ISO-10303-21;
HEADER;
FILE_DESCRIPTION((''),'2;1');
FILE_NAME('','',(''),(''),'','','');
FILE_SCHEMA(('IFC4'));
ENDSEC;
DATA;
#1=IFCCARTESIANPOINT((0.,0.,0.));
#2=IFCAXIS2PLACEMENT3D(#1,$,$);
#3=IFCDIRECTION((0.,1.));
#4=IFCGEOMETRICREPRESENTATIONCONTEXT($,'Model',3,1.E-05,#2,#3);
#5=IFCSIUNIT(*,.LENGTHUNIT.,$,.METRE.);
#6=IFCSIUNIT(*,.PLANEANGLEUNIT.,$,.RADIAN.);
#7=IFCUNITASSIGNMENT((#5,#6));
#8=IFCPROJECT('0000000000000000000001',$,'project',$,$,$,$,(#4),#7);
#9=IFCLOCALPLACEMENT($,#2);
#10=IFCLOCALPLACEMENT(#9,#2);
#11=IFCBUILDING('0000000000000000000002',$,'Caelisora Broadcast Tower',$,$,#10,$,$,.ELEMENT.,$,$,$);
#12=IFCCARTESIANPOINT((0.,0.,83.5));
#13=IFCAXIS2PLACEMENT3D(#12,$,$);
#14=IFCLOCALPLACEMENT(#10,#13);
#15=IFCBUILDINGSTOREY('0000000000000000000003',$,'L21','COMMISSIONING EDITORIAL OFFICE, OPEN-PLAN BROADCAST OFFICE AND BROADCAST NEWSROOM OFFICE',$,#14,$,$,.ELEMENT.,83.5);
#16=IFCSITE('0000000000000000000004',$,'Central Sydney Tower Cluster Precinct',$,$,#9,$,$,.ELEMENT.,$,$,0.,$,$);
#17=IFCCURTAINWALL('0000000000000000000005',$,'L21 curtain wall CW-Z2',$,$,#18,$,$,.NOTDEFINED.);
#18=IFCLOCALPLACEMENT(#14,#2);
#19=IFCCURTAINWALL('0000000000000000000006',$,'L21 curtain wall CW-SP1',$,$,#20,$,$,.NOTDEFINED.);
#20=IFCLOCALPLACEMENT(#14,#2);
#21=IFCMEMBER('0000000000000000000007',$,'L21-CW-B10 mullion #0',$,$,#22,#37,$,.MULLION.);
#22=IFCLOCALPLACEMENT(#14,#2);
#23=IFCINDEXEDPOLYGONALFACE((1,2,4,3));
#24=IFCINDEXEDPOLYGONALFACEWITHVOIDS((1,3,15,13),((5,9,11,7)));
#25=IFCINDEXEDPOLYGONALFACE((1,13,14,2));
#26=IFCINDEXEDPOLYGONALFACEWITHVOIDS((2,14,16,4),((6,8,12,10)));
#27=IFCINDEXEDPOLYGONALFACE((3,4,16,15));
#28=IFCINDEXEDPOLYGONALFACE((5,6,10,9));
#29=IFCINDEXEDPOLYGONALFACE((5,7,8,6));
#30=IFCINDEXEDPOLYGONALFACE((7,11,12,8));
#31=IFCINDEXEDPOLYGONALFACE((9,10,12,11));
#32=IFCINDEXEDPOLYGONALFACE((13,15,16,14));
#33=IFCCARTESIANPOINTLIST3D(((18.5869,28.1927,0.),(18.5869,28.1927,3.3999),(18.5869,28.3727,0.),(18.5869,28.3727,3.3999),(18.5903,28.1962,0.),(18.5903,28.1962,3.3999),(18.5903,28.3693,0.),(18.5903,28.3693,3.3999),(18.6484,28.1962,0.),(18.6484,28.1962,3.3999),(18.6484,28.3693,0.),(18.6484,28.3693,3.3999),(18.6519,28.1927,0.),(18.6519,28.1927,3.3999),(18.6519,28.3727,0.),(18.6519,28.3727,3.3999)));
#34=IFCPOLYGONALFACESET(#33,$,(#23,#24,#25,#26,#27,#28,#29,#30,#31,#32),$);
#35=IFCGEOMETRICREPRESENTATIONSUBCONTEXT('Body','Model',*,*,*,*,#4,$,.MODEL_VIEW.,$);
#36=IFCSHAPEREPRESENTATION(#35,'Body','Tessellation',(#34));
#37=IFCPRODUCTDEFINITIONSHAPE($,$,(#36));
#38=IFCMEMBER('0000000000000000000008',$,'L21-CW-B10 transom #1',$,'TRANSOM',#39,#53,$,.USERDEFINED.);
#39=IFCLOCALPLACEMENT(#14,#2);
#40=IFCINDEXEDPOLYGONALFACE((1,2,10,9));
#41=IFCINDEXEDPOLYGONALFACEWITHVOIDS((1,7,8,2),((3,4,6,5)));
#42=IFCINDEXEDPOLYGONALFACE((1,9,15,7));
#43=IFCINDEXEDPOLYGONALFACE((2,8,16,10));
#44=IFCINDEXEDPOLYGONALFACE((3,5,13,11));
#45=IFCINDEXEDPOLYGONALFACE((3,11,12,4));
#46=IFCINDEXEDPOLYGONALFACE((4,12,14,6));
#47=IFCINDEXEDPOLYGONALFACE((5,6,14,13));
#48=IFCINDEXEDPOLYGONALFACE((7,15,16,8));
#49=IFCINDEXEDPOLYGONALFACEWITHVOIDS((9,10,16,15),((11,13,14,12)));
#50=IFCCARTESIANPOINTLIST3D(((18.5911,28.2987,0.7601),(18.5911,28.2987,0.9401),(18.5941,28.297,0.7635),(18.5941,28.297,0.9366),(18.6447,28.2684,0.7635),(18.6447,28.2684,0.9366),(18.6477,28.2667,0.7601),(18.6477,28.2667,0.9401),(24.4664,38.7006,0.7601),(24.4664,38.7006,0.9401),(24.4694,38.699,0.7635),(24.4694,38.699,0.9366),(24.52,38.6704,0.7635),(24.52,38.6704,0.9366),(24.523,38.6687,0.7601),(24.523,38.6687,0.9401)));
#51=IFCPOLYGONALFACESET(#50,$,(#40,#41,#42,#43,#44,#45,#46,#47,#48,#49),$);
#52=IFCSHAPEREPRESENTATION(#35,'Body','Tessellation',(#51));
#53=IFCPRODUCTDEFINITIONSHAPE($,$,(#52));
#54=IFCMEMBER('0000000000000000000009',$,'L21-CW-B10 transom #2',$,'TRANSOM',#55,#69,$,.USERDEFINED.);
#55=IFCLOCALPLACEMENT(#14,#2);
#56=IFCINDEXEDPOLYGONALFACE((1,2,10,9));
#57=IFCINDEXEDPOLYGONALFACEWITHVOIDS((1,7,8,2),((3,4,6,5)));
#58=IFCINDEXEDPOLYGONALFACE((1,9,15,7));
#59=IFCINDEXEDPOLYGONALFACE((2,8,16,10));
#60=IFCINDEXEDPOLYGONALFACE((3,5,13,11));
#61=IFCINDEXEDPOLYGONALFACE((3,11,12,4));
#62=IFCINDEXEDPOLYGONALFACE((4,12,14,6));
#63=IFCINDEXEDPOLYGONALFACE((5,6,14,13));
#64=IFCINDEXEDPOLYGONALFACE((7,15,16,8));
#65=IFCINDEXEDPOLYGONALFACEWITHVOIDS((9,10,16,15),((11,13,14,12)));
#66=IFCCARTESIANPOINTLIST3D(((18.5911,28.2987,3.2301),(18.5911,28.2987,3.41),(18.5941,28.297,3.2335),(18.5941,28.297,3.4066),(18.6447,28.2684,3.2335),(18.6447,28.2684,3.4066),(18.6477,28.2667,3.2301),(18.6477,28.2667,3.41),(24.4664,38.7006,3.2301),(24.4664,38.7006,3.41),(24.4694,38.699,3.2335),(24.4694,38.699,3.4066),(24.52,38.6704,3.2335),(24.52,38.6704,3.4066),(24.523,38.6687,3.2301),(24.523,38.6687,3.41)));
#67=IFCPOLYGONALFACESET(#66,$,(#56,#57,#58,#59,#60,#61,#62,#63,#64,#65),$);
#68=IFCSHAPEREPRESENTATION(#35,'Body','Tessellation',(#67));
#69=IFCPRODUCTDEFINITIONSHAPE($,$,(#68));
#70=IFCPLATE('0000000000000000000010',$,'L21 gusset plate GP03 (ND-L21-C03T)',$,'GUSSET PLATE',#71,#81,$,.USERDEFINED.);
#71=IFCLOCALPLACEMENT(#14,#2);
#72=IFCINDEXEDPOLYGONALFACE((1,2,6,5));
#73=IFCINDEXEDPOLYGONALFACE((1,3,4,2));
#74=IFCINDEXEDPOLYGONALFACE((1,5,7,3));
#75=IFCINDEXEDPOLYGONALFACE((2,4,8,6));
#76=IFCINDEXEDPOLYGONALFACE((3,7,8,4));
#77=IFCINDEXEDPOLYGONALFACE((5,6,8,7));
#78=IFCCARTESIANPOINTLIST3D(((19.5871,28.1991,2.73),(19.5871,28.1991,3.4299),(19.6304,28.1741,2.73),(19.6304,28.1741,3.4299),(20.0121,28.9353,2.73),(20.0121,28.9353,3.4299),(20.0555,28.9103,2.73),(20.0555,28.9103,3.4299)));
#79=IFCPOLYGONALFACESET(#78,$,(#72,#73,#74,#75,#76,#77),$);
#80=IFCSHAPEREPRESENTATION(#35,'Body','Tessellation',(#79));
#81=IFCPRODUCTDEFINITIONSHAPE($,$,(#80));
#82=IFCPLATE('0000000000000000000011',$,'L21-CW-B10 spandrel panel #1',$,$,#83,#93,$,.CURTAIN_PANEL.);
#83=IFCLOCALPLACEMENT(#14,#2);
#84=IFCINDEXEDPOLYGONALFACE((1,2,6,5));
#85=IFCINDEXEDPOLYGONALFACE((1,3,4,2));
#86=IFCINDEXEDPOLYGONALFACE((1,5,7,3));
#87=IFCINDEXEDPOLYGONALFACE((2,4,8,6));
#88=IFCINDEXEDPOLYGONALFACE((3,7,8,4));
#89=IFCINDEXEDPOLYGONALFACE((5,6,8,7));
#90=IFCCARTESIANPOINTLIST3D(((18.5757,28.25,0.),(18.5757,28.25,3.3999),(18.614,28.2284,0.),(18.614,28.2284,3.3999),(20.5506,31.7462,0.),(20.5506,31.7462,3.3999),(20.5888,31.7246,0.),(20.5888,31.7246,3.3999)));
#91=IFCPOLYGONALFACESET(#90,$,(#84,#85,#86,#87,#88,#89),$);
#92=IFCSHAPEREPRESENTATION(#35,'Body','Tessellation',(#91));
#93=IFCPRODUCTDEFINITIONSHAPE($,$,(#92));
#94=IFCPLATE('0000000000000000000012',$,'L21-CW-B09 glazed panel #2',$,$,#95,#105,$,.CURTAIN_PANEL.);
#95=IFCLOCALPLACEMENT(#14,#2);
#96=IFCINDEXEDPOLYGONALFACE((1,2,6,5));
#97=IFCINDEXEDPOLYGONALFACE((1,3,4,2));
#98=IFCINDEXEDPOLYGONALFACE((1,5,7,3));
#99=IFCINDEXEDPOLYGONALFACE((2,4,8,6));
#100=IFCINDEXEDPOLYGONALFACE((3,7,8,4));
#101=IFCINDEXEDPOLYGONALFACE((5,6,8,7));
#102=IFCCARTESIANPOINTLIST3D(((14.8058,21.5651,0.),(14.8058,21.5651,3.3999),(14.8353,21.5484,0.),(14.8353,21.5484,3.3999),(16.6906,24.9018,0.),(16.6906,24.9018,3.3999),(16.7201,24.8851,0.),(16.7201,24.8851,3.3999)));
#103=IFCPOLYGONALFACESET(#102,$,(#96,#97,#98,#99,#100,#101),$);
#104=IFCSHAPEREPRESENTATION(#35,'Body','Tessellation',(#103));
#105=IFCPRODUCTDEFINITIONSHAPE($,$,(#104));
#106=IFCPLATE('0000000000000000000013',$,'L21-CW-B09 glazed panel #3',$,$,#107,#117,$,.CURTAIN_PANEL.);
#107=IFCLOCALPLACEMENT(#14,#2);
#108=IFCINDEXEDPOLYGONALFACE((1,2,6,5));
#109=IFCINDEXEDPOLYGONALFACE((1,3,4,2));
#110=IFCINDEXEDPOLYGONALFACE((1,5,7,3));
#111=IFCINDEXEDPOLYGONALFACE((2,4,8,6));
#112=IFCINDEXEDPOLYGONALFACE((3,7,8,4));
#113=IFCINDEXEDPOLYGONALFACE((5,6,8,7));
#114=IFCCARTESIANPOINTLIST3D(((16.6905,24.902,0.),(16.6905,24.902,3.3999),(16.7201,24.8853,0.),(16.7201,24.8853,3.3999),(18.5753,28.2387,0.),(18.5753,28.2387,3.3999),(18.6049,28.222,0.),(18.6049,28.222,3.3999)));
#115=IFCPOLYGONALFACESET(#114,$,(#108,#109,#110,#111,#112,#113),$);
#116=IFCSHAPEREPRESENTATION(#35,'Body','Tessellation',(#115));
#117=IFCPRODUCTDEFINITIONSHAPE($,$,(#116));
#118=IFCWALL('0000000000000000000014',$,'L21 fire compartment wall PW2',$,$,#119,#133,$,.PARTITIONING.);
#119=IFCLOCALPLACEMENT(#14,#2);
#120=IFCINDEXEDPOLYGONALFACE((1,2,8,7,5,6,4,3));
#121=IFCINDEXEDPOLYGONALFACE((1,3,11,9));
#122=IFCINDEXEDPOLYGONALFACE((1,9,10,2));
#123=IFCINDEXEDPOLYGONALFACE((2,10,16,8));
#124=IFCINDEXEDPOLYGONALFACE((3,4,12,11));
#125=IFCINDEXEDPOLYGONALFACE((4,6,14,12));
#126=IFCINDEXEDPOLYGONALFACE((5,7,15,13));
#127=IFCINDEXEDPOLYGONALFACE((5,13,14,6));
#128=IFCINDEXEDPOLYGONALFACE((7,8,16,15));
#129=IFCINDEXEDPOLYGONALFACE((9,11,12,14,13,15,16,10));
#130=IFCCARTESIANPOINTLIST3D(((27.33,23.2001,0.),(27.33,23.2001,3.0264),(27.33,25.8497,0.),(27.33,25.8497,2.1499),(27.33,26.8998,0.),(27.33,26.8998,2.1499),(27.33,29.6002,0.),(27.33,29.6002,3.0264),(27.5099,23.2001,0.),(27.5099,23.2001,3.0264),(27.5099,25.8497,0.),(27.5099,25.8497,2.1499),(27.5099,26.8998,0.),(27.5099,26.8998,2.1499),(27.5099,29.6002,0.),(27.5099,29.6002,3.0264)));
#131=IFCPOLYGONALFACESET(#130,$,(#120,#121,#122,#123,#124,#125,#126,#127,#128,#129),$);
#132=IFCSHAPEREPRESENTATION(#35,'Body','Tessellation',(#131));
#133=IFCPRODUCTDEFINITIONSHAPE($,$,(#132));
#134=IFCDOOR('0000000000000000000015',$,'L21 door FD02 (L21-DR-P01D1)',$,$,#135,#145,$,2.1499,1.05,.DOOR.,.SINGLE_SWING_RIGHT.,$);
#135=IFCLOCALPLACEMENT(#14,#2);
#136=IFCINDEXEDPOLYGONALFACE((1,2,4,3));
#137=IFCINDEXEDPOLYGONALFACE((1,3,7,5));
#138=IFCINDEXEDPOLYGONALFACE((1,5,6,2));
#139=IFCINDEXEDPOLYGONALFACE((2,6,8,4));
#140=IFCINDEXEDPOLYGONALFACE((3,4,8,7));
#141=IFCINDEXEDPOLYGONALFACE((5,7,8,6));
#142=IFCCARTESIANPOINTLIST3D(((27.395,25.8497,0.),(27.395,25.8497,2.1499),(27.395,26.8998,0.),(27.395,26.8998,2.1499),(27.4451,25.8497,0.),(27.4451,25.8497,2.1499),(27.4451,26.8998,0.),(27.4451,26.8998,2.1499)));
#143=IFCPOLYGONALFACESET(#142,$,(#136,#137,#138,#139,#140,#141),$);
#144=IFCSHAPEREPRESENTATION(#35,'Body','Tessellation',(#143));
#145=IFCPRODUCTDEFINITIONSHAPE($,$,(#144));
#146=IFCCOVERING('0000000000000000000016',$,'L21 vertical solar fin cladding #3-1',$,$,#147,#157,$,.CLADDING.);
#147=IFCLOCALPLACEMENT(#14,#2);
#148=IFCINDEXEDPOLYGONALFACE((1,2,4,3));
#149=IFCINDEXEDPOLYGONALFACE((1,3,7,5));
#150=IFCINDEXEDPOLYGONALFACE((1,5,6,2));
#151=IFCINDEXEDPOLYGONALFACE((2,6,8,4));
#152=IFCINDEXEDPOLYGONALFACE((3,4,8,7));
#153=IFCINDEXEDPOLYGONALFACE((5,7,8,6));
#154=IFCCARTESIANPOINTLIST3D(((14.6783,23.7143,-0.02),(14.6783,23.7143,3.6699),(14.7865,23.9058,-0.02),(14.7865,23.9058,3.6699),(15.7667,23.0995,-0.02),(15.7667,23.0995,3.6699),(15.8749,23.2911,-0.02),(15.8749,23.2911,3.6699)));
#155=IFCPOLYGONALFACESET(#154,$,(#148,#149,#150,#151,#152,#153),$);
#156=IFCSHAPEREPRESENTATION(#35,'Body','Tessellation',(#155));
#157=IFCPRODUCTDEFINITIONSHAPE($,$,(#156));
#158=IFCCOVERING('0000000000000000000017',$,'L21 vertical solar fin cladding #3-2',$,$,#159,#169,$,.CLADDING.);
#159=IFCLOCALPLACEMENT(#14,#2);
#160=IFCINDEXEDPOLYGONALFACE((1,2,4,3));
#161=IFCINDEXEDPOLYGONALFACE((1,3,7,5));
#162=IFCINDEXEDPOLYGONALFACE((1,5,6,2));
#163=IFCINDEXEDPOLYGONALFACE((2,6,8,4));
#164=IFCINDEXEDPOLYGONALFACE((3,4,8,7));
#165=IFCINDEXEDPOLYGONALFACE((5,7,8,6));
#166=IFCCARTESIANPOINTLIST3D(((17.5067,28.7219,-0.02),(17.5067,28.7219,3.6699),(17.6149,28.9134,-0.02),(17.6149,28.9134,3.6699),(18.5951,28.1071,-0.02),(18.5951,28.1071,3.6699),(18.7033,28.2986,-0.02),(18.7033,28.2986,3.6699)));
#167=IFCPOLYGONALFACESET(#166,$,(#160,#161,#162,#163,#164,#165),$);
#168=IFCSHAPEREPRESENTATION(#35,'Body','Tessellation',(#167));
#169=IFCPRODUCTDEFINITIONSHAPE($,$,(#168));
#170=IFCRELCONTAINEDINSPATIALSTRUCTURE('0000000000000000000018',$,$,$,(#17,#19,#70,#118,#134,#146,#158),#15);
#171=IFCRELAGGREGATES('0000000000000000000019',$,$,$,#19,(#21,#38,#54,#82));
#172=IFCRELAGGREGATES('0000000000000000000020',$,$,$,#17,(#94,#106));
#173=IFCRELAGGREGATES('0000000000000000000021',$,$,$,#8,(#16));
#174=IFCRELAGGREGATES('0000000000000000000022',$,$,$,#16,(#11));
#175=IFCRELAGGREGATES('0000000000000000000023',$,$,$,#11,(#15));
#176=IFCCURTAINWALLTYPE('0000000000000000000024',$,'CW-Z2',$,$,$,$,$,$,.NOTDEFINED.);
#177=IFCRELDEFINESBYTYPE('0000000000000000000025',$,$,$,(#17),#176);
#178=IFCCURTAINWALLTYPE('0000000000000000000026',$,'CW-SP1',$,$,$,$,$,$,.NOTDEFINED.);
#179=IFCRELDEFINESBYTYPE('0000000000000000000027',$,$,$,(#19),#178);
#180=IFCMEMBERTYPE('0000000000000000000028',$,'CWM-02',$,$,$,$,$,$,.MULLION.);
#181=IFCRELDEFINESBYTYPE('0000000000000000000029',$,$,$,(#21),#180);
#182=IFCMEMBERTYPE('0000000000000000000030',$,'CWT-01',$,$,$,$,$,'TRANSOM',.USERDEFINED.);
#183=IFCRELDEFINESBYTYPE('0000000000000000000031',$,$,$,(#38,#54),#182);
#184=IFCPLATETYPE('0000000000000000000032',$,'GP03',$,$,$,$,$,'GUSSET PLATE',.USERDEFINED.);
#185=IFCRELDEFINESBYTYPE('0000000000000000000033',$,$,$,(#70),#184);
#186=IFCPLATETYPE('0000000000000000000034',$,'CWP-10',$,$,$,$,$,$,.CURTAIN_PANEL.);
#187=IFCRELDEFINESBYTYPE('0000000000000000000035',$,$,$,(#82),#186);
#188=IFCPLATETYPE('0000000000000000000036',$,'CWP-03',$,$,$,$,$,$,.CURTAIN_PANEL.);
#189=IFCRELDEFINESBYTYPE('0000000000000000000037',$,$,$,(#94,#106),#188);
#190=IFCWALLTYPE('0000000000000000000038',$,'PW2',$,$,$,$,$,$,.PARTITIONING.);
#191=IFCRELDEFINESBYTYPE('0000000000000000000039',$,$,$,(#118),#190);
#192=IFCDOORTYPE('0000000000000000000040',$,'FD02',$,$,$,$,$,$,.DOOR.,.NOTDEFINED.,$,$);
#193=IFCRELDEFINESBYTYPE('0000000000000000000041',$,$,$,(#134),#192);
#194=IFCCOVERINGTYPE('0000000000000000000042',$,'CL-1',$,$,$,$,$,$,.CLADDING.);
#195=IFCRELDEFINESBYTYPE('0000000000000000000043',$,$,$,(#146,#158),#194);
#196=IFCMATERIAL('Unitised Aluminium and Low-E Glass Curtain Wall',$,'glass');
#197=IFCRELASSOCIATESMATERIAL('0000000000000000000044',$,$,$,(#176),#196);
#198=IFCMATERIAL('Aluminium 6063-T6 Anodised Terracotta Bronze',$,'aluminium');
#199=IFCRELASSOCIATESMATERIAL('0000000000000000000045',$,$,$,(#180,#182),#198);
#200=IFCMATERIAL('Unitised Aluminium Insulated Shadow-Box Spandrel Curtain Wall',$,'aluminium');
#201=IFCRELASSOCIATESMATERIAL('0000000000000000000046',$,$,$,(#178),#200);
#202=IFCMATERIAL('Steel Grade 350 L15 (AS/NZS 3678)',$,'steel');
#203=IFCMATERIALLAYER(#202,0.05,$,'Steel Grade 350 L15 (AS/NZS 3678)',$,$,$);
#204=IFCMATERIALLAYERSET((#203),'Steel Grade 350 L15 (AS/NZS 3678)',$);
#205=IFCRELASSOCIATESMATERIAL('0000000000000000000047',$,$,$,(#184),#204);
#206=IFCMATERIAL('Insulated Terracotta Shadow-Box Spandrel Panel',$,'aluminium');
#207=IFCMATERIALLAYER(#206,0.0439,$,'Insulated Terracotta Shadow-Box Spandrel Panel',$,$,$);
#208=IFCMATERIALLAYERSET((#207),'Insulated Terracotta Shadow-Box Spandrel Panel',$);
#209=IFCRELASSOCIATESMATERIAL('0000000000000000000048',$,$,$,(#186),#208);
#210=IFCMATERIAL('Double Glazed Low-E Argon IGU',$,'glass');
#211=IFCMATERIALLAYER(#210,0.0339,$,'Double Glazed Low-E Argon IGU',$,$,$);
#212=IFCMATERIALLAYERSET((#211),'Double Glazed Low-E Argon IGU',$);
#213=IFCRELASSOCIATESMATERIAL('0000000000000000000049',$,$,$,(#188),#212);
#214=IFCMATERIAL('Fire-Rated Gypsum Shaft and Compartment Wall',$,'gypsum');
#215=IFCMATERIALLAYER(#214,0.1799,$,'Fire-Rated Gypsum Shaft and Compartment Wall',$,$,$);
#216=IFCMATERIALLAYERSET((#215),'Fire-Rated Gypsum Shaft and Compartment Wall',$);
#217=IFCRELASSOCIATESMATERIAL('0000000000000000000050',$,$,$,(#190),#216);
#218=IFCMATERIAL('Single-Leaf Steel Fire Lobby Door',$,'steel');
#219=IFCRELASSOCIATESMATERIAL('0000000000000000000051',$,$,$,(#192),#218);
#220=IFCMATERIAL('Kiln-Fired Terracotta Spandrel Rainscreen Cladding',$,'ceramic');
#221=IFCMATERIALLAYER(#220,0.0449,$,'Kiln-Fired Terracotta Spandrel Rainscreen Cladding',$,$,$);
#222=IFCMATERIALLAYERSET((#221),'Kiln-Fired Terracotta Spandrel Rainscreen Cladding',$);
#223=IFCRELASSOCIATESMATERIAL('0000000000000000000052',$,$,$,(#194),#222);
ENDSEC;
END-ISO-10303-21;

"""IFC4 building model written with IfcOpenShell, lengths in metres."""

from ifc_helpers import new_model, si_unit, direction, frame, frame_2d, origin, origin_2d, place, context, subcontext, project, spatial, rectangle, hollow_rectangle, extrude, source, transform, mapped, material, layer, layer_set, material_profile, profile_set, type_object, type_shapes, element, fill, aggregate, save


model = new_model("IFC4")

# Units and contexts
model_context = context("Model", 3, precision=1e-05, world=origin(), true_north=direction((0.0, 1.0)))
body_context = subcontext(model_context, "Body", "Model", "MODEL_VIEW")
ifc_project = project(units=[si_unit("LENGTHUNIT", "METRE"), si_unit("PLANEANGLEUNIT", "RADIAN")], contexts=[model_context])

# Site, building, storey
site_placement = place(None, origin())
site = spatial("IfcSite", under=ifc_project, at=site_placement, Name="Central Sydney Tower Cluster Precinct", CompositionType="ELEMENT", RefElevation=0.0)
building_placement = place(site_placement, origin())
building = spatial("IfcBuilding", under=site, at=building_placement, Name="Caelisora Broadcast Tower", CompositionType="ELEMENT")
storey_placement = place(building_placement, frame((0.0, 0.0, 83.5)))
storey = spatial("IfcBuildingStorey", under=building, at=storey_placement, Name="L21", Description="COMMISSIONING EDITORIAL OFFICE, OPEN-PLAN BROADCAST OFFICE AND BROADCAST NEWSROOM OFFICE", CompositionType="ELEMENT", Elevation=83.5)

# Shared definitions
ifc_material_1 = material(Name="Steel Grade 350 L15 (AS/NZS 3678)", Category="steel")

# Curtain walls, members
ifc_material_2 = material(Name="Unitised Aluminium and Low-E Glass Curtain Wall", Category="glass")
curtain_wall_type_1 = type_object("IfcCurtainWallType", Name="CW-Z2", PredefinedType="NOTDEFINED", material=ifc_material_2)
curtain_wall_1_placement = place(storey_placement, origin())
curtain_wall_1 = element("IfcCurtainWall", 1, at=curtain_wall_1_placement, inside=storey, type_object=curtain_wall_type_1, Name="L21 curtain wall CW-Z2", PredefinedType="NOTDEFINED")
ifc_material_3 = material(Name="Aluminium 6063-T6 Anodised Terracotta Bronze", Category="aluminium")
ifc_material_profile_1 = material_profile(ifc_material_3, hollow_rectangle(XDim=0.0649, YDim=0.1799, WallThickness=0.0034, at=origin_2d()), Name="Aluminium 6063-T6 Anodised Terracotta Bronze")
ifc_profile_set_1 = profile_set([ifc_material_profile_1], Name="Aluminium 6063-T6 Anodised Terracotta Bronze")
member_type_1 = type_object("IfcMemberType", Name="CWM-02", PredefinedType="MULLION", material=ifc_profile_set_1)
shared_shape_1 = source(origin(), body_context, "Body", "SweptSolid", [
    extrude(hollow_rectangle(XDim=0.0649, YDim=0.1799, WallThickness=0.0034, at=origin_2d()), origin(), (0.0, 0.0, 1.0), 3.3999),
])
type_shapes(member_type_1, [shared_shape_1])
ifc_material_4 = material(Name="Unitised Aluminium Insulated Shadow-Box Spandrel Curtain Wall", Category="aluminium")
curtain_wall_type_2 = type_object("IfcCurtainWallType", Name="CW-SP1", PredefinedType="NOTDEFINED", material=ifc_material_4)
curtain_wall_2_placement = place(storey_placement, origin())
curtain_wall_2 = element("IfcCurtainWall", 2, at=curtain_wall_2_placement, inside=storey, type_object=curtain_wall_type_2, Name="L21 curtain wall CW-SP1", PredefinedType="NOTDEFINED")
member_1_placement = place(storey_placement, frame((18.6194, 28.2827, 0.0), z_axis=(0.0, 0.0, 1.0), x_axis=(1.0, 0.0, 0.0)))
member_1 = element("IfcMember", 3, at=member_1_placement, type_object=member_type_1, Name="L21-CW-B10 mullion #0", PredefinedType="MULLION", context=body_context, shape_type="MappedRepresentation", body=[
    mapped(shared_shape_1, transform((0.0, 0.0, 0.0), scale=1.0)),
])
ifc_material_profile_2 = material_profile(ifc_material_3, hollow_rectangle(XDim=0.0649, YDim=0.1799, WallThickness=0.0034, at=origin_2d()), Name="Aluminium 6063-T6 Anodised Terracotta Bronze")
ifc_profile_set_2 = profile_set([ifc_material_profile_2], Name="Aluminium 6063-T6 Anodised Terracotta Bronze")
member_type_2 = type_object("IfcMemberType", Name="CWT-01", ElementType="TRANSOM", PredefinedType="USERDEFINED", material=ifc_profile_set_2)
shared_shape_2 = source(origin(), body_context, "Body", "SweptSolid", [
    extrude(hollow_rectangle(XDim=0.0649, YDim=0.1799, WallThickness=0.0034, at=origin_2d()), origin(), (0.0, 0.0, 1.0), 11.9465),
])
type_shapes(member_type_2, [shared_shape_2])
member_2_placement = place(storey_placement, frame((18.6194, 28.2827, 0.8501), z_axis=(0.491799, 0.870709, 0.0), x_axis=(-0.870709, 0.491799, 0.0)))
member_2 = element("IfcMember", 4, at=member_2_placement, type_object=member_type_2, Name="L21-CW-B10 transom #1", ObjectType="TRANSOM", PredefinedType="USERDEFINED", context=body_context, shape_type="MappedRepresentation", body=[
    mapped(shared_shape_2, transform((0.0, 0.0, 0.0), scale=1.0)),
])
member_3_placement = place(storey_placement, frame((18.6194, 28.2827, 3.3201), z_axis=(0.491799, 0.870709, 0.0), x_axis=(-0.870709, 0.491799, 0.0)))
member_3 = element("IfcMember", 5, at=member_3_placement, type_object=member_type_2, Name="L21-CW-B10 transom #2", ObjectType="TRANSOM", PredefinedType="USERDEFINED", context=body_context, shape_type="MappedRepresentation", body=[
    mapped(shared_shape_2, transform((0.0, 0.0, 0.0), scale=1.0)),
])

# Plates
ifc_layer_1 = layer(ifc_material_1, 0.05, Name="Steel Grade 350 L15 (AS/NZS 3678)")
ifc_layer_set_1 = layer_set([ifc_layer_1], Name="Steel Grade 350 L15 (AS/NZS 3678)")
plate_type_1 = type_object("IfcPlateType", Name="GP03", ElementType="GUSSET PLATE", PredefinedType="USERDEFINED", material=ifc_layer_set_1)
shared_shape_3 = source(origin(), body_context, "Body", "SweptSolid", [
    extrude(rectangle(XDim=0.8501, YDim=0.05, at=origin_2d()), origin(), (0.0, 0.0, 1.0), 0.7),
])
type_shapes(plate_type_1, [shared_shape_3])
plate_1_placement = place(storey_placement, frame((19.8213, 28.5547, 2.73), z_axis=(0.0, 0.0, 1.0), x_axis=(-0.5, -0.866025, 0.0)))
element("IfcPlate", 6, at=plate_1_placement, inside=storey, type_object=plate_type_1, Name="L21 gusset plate GP03 (ND-L21-C03T)", ObjectType="GUSSET PLATE", PredefinedType="USERDEFINED", context=body_context, shape_type="MappedRepresentation", body=[
    mapped(shared_shape_3, transform((0.0, 0.0, 0.0), scale=1.0)),
])
ifc_material_5 = material(Name="Insulated Terracotta Shadow-Box Spandrel Panel", Category="aluminium")
ifc_layer_2 = layer(ifc_material_5, 0.0439, Name="Insulated Terracotta Shadow-Box Spandrel Panel")
ifc_layer_set_2 = layer_set([ifc_layer_2], Name="Insulated Terracotta Shadow-Box Spandrel Panel")
plate_type_2 = type_object("IfcPlateType", Name="CWP-10", PredefinedType="CURTAIN_PANEL", material=ifc_layer_set_2)
shared_shape_4 = source(origin(), body_context, "Body", "SweptSolid", [
    extrude(rectangle(XDim=4.0154, YDim=0.0439, at=origin_2d()), origin(), (0.0, 0.0, 1.0), 3.3999),
])
type_shapes(plate_type_2, [shared_shape_4])
plate_2_placement = place(storey_placement, frame((19.5823, 29.9873, 0.0), z_axis=(0.0, 0.0, 1.0), x_axis=(0.491816, 0.870699, 0.0)))
plate_2 = element("IfcPlate", 7, at=plate_2_placement, type_object=plate_type_2, Name="L21-CW-B10 spandrel panel #1", PredefinedType="CURTAIN_PANEL", context=body_context, shape_type="MappedRepresentation", body=[
    mapped(shared_shape_4, transform((0.0, 0.0, 0.0), scale=1.0)),
])
aggregate(curtain_wall_2, [member_1, member_2, member_3, plate_2])
ifc_material_6 = material(Name="Double Glazed Low-E Argon IGU", Category="glass")
ifc_layer_3 = layer(ifc_material_6, 0.0339, Name="Double Glazed Low-E Argon IGU")
ifc_layer_set_3 = layer_set([ifc_layer_3], Name="Double Glazed Low-E Argon IGU")
plate_type_3 = type_object("IfcPlateType", Name="CWP-03", PredefinedType="CURTAIN_PANEL", material=ifc_layer_set_3)
shared_shape_5 = source(origin(), body_context, "Body", "SweptSolid", [
    extrude(rectangle(XDim=3.8323, YDim=0.0339, at=origin_2d()), origin(), (0.0, 0.0, 1.0), 3.3999),
])
type_shapes(plate_type_3, [shared_shape_5])
plate_3_placement = place(storey_placement, frame((15.7629, 23.2251, 0.0), z_axis=(0.0, 0.0, 1.0), x_axis=(0.491816, 0.870699, 0.0)))
plate_3 = element("IfcPlate", 8, at=plate_3_placement, type_object=plate_type_3, Name="L21-CW-B09 glazed panel #2", PredefinedType="CURTAIN_PANEL", context=body_context, shape_type="MappedRepresentation", body=[
    mapped(shared_shape_5, transform((0.0, 0.0, 0.0), scale=1.0)),
])
plate_4_placement = place(storey_placement, frame((17.6477, 26.562, 0.0), z_axis=(0.0, 0.0, 1.0), x_axis=(0.491816, 0.870699, 0.0)))
plate_4 = element("IfcPlate", 9, at=plate_4_placement, type_object=plate_type_3, Name="L21-CW-B09 glazed panel #3", PredefinedType="CURTAIN_PANEL", context=body_context, shape_type="MappedRepresentation", body=[
    mapped(shared_shape_5, transform((0.0, 0.0, 0.0), scale=1.0)),
])
aggregate(curtain_wall_1, [plate_3, plate_4])

# Wall, opening, door
ifc_material_7 = material(Name="Fire-Rated Gypsum Shaft and Compartment Wall", Category="gypsum")
ifc_layer_4 = layer(ifc_material_7, 0.1799, Name="Fire-Rated Gypsum Shaft and Compartment Wall")
ifc_layer_set_4 = layer_set([ifc_layer_4], Name="Fire-Rated Gypsum Shaft and Compartment Wall")
wall_type = type_object("IfcWallType", Name="PW2", PredefinedType="PARTITIONING", material=ifc_layer_set_4)
wall_placement = place(storey_placement, frame((27.4199, 23.2, 0.0), z_axis=(0.0, 0.0, 1.0), x_axis=(0.0, 1.0, 0.0)))
wall = element("IfcWall", 10, at=wall_placement, inside=storey, type_object=wall_type, Name="L21 fire compartment wall PW2", PredefinedType="PARTITIONING", context=body_context, shape_type="SweptSolid", body=[
    extrude(rectangle(XDim=6.4001, YDim=0.1799, at=frame_2d((3.2002, 0.0))), origin(), (0.0, 0.0, 1.0), 3.0264),
])
opening_placement = place(wall_placement, frame((2.6499, 0.0, 0.0)))
opening = element("IfcOpeningElement", 11, at=opening_placement, cuts=wall, PredefinedType="OPENING", context=body_context, shape_type="SweptSolid", body=[
    extrude(rectangle(XDim=1.05, YDim=2.1499, at=frame_2d((0.5249, 1.075))), frame((0.0, 0.1021, 0.0), z_axis=(0.0, -1.0, 0.0), x_axis=(1.0, 0.0, 0.0)), (0.0, 0.0, 1.0), 0.2039),
])
ifc_material_8 = material(Name="Single-Leaf Steel Fire Lobby Door", Category="steel")
door_type = type_object("IfcDoorType", Name="FD02", OperationType="NOTDEFINED", PredefinedType="DOOR", material=ifc_material_8)
door_placement = place(opening_placement, origin())
door = element("IfcDoor", 12, at=door_placement, inside=storey, type_object=door_type, Name="L21 door FD02 (L21-DR-P01D1)", OperationType="SINGLE_SWING_RIGHT", OverallHeight=2.1499, OverallWidth=1.05, PredefinedType="DOOR", context=body_context, shape_type="SweptSolid", body=[
    extrude(rectangle(XDim=1.05, YDim=2.1499, at=frame_2d((0.5249, 1.075))), frame((0.0, 0.0249, 0.0), z_axis=(0.0, -1.0, 0.0), x_axis=(1.0, 0.0, 0.0)), (0.0, 0.0, 1.0), 0.05),
])
fill(opening, door)

# Coverings
ifc_material_9 = material(Name="Kiln-Fired Terracotta Spandrel Rainscreen Cladding", Category="ceramic")
ifc_layer_5 = layer(ifc_material_9, 0.0449, Name="Kiln-Fired Terracotta Spandrel Rainscreen Cladding")
ifc_layer_set_5 = layer_set([ifc_layer_5], Name="Kiln-Fired Terracotta Spandrel Rainscreen Cladding")
covering_type = type_object("IfcCoveringType", Name="CL-1", PredefinedType="CLADDING", material=ifc_layer_set_5)
shared_shape_6 = source(origin(), body_context, "Body", "SweptSolid", [
    extrude(rectangle(XDim=0.22, YDim=1.25, at=origin_2d()), origin(), (0.0, 0.0, 1.0), 3.6899),
])
type_shapes(covering_type, [shared_shape_6])
for number, where, z_axis, x_axis, name in (
    (13, (15.2766, 23.5027, -0.02), (0.0, 0.0, 1.0), (0.491816, 0.870699, 0.0), "L21 vertical solar fin cladding #3-1"),
    (14, (18.105, 28.5103, -0.02), (0.0, 0.0, 1.0), (0.491816, 0.870699, 0.0), "L21 vertical solar fin cladding #3-2"),
):
    element("IfcCovering", number, at=place(storey_placement, frame(where, z_axis=z_axis, x_axis=x_axis)), inside=storey, type_object=covering_type, Name=name, PredefinedType="CLADDING", context=body_context, shape_type="MappedRepresentation", body=[
        mapped(shared_shape_6, transform((0.0, 0.0, 0.0), scale=1.0)),
    ])

save(model, "model.ifc")
